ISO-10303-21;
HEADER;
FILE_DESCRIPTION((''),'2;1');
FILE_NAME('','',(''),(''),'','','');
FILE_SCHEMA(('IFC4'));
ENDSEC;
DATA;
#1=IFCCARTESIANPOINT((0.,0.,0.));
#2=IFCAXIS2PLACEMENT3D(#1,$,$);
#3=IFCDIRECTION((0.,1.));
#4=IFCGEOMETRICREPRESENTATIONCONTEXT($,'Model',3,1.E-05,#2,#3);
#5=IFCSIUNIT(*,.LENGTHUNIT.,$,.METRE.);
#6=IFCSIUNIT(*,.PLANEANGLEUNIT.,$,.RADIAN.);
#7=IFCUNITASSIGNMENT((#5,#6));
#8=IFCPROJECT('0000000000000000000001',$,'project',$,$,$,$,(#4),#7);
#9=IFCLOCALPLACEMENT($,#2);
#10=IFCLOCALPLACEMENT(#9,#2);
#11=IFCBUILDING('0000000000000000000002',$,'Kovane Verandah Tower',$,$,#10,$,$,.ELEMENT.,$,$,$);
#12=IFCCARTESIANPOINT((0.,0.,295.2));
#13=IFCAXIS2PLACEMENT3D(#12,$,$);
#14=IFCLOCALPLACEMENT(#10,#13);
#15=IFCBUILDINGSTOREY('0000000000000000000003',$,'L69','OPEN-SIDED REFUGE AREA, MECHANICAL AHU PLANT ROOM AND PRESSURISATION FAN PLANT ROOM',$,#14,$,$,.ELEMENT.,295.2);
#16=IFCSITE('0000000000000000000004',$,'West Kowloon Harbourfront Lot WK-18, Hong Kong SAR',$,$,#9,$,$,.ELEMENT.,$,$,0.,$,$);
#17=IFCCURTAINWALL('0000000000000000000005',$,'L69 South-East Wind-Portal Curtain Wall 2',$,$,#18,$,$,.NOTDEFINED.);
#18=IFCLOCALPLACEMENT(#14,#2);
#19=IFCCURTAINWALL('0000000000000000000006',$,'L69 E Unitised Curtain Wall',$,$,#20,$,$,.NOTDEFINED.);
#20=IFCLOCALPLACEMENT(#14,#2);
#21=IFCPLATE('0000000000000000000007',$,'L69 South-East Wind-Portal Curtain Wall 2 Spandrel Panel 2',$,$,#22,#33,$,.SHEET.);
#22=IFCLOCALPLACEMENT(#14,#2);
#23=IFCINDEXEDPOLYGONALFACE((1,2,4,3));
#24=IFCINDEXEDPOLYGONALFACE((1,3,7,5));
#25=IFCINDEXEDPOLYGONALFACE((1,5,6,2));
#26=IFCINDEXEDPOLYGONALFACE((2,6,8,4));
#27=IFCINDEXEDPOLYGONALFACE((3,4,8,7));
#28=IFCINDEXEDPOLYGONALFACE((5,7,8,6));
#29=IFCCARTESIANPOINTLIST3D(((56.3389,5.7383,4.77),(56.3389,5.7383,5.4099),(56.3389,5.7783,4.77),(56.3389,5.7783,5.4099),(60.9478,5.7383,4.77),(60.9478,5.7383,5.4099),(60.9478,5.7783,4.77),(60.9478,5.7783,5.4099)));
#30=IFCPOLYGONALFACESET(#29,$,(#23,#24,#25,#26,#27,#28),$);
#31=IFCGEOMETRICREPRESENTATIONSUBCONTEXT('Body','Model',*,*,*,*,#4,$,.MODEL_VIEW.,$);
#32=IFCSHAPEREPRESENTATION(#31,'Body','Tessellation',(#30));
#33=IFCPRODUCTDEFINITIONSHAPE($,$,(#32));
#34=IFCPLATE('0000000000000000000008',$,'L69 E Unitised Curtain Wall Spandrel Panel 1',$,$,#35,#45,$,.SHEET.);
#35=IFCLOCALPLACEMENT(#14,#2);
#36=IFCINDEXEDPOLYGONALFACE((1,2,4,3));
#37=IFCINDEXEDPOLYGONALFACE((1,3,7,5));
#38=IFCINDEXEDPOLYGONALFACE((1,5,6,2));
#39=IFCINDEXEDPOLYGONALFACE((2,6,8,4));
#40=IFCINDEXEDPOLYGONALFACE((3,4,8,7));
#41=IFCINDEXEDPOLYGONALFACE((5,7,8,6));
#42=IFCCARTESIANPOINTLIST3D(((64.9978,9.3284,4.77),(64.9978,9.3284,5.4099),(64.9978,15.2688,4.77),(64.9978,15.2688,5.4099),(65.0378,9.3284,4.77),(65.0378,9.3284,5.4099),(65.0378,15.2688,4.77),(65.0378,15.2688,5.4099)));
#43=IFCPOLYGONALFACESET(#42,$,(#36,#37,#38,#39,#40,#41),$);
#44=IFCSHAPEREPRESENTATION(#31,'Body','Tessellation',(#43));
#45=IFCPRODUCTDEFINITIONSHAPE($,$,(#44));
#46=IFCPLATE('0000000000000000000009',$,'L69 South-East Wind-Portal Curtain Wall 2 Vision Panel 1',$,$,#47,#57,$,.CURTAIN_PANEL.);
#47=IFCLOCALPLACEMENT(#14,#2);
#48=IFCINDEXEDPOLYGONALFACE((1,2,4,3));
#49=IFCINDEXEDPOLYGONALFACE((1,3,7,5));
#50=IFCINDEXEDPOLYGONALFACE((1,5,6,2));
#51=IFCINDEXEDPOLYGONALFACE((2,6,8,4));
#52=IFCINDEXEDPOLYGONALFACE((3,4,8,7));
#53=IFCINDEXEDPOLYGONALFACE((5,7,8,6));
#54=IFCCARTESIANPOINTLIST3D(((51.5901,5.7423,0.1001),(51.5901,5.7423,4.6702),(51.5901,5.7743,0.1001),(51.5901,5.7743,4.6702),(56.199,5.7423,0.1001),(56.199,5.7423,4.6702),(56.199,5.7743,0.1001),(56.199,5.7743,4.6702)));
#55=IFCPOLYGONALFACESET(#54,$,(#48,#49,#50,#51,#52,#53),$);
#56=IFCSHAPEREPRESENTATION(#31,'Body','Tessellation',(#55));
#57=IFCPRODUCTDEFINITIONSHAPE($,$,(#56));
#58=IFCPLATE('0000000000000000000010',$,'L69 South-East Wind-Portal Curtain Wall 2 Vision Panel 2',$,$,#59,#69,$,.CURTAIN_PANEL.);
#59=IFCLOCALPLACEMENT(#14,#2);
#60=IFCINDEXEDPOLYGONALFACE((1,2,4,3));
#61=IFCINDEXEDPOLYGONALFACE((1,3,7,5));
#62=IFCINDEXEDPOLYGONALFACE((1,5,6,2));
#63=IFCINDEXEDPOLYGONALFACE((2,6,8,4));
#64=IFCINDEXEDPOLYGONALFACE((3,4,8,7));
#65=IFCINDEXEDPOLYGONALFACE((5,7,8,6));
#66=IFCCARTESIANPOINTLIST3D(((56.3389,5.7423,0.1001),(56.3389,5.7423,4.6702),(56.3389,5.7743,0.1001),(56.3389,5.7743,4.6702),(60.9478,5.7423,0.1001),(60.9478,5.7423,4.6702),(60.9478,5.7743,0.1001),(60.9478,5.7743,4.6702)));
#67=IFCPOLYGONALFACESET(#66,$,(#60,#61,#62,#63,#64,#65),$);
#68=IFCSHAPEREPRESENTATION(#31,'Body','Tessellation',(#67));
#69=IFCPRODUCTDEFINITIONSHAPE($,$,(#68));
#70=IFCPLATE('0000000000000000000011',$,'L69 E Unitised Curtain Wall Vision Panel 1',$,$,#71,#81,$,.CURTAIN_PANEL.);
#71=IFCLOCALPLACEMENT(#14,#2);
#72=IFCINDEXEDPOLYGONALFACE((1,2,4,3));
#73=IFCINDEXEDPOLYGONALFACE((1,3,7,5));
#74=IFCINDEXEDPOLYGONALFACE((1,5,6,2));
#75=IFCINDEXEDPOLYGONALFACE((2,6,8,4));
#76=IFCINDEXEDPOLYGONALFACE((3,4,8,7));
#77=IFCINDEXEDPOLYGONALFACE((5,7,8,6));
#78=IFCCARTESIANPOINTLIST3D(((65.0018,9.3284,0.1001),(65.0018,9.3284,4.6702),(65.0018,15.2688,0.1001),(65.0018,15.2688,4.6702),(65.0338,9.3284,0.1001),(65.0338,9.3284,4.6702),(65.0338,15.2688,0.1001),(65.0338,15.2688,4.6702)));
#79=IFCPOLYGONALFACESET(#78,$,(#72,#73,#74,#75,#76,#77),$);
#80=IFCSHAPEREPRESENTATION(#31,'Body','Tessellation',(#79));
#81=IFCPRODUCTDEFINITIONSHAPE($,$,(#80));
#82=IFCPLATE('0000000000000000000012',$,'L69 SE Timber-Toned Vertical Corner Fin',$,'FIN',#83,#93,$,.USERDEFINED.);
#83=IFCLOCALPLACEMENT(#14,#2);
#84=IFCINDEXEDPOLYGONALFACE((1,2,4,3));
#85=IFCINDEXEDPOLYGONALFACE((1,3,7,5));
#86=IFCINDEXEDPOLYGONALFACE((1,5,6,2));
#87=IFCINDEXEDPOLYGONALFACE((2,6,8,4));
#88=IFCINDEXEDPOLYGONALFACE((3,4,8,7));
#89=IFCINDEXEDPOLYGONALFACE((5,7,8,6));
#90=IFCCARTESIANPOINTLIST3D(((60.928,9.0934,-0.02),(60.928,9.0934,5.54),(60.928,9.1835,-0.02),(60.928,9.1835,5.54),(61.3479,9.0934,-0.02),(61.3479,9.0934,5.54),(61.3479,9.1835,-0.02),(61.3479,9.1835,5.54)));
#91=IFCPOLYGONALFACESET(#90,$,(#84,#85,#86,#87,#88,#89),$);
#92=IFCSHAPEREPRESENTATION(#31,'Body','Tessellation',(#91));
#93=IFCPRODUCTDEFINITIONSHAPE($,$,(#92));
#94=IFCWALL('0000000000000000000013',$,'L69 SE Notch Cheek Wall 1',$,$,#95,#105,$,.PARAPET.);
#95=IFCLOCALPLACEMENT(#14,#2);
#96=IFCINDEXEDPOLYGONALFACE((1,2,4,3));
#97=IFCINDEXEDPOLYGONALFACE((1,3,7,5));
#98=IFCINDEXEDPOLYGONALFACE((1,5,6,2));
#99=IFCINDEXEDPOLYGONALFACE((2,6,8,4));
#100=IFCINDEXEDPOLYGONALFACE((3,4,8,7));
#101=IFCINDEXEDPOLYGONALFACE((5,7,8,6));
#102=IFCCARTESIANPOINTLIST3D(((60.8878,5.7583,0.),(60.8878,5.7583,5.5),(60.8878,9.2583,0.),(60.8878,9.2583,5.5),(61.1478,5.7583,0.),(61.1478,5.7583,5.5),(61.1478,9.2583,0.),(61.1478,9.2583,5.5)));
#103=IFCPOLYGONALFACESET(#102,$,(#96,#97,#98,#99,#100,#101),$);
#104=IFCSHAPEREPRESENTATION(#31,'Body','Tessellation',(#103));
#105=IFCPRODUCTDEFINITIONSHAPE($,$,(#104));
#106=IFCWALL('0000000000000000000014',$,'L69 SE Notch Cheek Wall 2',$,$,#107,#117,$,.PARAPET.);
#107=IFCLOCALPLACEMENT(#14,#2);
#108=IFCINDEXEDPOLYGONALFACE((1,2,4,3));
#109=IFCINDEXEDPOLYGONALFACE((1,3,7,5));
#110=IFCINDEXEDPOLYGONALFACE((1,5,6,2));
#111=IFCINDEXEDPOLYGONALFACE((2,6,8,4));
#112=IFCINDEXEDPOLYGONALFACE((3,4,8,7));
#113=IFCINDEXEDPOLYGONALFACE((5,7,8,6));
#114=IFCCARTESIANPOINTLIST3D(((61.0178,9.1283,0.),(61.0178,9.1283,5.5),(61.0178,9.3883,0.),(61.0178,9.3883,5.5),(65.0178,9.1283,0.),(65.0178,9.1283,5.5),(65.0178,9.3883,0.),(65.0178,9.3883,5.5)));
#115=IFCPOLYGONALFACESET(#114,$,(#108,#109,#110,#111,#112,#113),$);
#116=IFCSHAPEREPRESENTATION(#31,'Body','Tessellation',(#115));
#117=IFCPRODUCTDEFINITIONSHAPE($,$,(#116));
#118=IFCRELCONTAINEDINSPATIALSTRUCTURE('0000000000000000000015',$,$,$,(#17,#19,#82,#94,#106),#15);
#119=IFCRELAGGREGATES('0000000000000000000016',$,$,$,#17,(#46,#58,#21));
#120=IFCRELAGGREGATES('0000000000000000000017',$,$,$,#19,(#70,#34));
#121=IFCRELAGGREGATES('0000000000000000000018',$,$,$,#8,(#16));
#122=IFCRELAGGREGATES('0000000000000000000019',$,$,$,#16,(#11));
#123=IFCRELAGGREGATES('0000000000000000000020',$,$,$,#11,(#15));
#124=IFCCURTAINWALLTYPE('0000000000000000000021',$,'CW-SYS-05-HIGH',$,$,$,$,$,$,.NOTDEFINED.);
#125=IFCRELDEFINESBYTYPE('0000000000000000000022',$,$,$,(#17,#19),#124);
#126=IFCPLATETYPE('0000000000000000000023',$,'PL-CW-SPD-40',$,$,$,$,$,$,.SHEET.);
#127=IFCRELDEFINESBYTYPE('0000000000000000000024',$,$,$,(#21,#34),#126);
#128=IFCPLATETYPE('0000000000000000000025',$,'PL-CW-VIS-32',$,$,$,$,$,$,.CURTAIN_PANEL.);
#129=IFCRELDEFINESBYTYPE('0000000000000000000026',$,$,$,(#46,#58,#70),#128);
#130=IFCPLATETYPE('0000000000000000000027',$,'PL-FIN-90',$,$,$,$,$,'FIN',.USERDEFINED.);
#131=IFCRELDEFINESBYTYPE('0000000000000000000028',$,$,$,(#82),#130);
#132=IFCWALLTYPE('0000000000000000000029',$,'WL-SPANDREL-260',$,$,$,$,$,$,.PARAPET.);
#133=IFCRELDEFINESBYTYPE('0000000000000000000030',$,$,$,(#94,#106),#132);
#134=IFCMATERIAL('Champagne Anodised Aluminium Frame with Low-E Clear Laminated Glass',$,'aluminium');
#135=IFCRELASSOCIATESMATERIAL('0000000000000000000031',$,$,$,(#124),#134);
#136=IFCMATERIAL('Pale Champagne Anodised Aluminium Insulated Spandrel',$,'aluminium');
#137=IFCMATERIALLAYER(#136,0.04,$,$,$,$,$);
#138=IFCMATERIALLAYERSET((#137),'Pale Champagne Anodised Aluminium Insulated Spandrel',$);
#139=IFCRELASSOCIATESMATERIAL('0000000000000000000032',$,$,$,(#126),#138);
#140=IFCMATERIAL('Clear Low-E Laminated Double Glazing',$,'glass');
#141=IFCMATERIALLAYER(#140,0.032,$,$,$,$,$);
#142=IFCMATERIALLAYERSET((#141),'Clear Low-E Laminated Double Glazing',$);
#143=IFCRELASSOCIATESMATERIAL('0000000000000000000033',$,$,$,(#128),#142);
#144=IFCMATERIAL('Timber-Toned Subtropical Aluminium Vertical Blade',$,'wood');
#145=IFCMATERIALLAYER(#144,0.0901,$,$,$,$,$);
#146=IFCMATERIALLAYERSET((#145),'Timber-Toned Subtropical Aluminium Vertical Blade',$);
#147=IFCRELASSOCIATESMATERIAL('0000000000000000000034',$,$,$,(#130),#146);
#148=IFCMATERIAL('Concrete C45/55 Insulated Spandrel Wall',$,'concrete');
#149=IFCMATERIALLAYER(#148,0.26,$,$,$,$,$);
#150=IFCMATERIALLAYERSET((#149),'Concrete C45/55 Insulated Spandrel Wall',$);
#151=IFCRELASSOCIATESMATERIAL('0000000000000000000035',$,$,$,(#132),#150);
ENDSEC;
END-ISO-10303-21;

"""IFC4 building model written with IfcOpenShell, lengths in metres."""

from ifc_helpers import new_model, si_unit, direction, frame, frame_2d, origin, origin_2d, place, context, subcontext, project, spatial, rectangle, extrude, material, layer, layer_set, type_object, element, aggregate, save


model = new_model("IFC4")

# Units and contexts
model_context = context("Model", 3, precision=1e-05, world=origin(), true_north=direction((0.0, 1.0)))
body_context = subcontext(model_context, "Body", "Model", "MODEL_VIEW")
ifc_project = project(units=[si_unit("LENGTHUNIT", "METRE"), si_unit("PLANEANGLEUNIT", "RADIAN")], contexts=[model_context])

# Site, building, storey
site_placement = place(None, origin())
site = spatial("IfcSite", under=ifc_project, at=site_placement, Name="West Kowloon Harbourfront Lot WK-18, Hong Kong SAR", CompositionType="ELEMENT", RefElevation=0.0)
building_placement = place(site_placement, origin())
building = spatial("IfcBuilding", under=site, at=building_placement, Name="Kovane Verandah Tower", CompositionType="ELEMENT")
storey_placement = place(building_placement, frame((0.0, 0.0, 295.2)))
storey = spatial("IfcBuildingStorey", under=building, at=storey_placement, Name="L69", Description="OPEN-SIDED REFUGE AREA, MECHANICAL AHU PLANT ROOM AND PRESSURISATION FAN PLANT ROOM", CompositionType="ELEMENT", Elevation=295.2)

# Curtain walls
ifc_material_1 = material(Name="Champagne Anodised Aluminium Frame with Low-E Clear Laminated Glass", Category="aluminium")
curtain_wall_type = type_object("IfcCurtainWallType", Name="CW-SYS-05-HIGH", PredefinedType="NOTDEFINED", material=ifc_material_1)
curtain_wall_1_placement = place(storey_placement, origin())
curtain_wall_1 = element("IfcCurtainWall", 1, at=curtain_wall_1_placement, inside=storey, type_object=curtain_wall_type, Name="L69 South-East Wind-Portal Curtain Wall 2", PredefinedType="NOTDEFINED")
curtain_wall_2_placement = place(storey_placement, origin())
curtain_wall_2 = element("IfcCurtainWall", 2, at=curtain_wall_2_placement, inside=storey, type_object=curtain_wall_type, Name="L69 E Unitised Curtain Wall", PredefinedType="NOTDEFINED")

# Plates
ifc_material_2 = material(Name="Pale Champagne Anodised Aluminium Insulated Spandrel", Category="aluminium")
ifc_layer_1 = layer(ifc_material_2, 0.04)
ifc_layer_set_1 = layer_set([ifc_layer_1], Name="Pale Champagne Anodised Aluminium Insulated Spandrel")
plate_type_1 = type_object("IfcPlateType", Name="PL-CW-SPD-40", PredefinedType="SHEET", material=ifc_layer_set_1)
plate_1_placement = place(storey_placement, frame((58.6433, 5.7583, 4.77), z_axis=(0.0, 0.0, 1.0), x_axis=(1.0, 0.0, 0.0)))
plate_1 = element("IfcPlate", 3, at=plate_1_placement, type_object=plate_type_1, Name="L69 South-East Wind-Portal Curtain Wall 2 Spandrel Panel 2", PredefinedType="SHEET", context=body_context, shape_type="SweptSolid", body=[
    extrude(rectangle(XDim=4.6089, YDim=0.04, at=origin_2d()), origin(), (0.0, 0.0, 1.0), 0.6399),
])
plate_2_placement = place(storey_placement, frame((65.0178, 12.2986, 4.77), z_axis=(0.0, 0.0, 1.0), x_axis=(0.0, 1.0, 0.0)))
plate_2 = element("IfcPlate", 4, at=plate_2_placement, type_object=plate_type_1, Name="L69 E Unitised Curtain Wall Spandrel Panel 1", PredefinedType="SHEET", context=body_context, shape_type="SweptSolid", body=[
    extrude(rectangle(XDim=5.9404, YDim=0.04, at=origin_2d()), origin(), (0.0, 0.0, 1.0), 0.6399),
])
ifc_material_3 = material(Name="Clear Low-E Laminated Double Glazing", Category="glass")
ifc_layer_2 = layer(ifc_material_3, 0.032)
ifc_layer_set_2 = layer_set([ifc_layer_2], Name="Clear Low-E Laminated Double Glazing")
plate_type_2 = type_object("IfcPlateType", Name="PL-CW-VIS-32", PredefinedType="CURTAIN_PANEL", material=ifc_layer_set_2)
plate_3_placement = place(storey_placement, frame((53.8945, 5.7583, 0.1001), z_axis=(0.0, 0.0, 1.0), x_axis=(1.0, 0.0, 0.0)))
plate_3 = element("IfcPlate", 5, at=plate_3_placement, type_object=plate_type_2, Name="L69 South-East Wind-Portal Curtain Wall 2 Vision Panel 1", PredefinedType="CURTAIN_PANEL", context=body_context, shape_type="SweptSolid", body=[
    extrude(rectangle(XDim=4.6089, YDim=0.032, at=origin_2d()), origin(), (0.0, 0.0, 1.0), 4.5701),
])
plate_4_placement = place(storey_placement, frame((58.6433, 5.7583, 0.1001), z_axis=(0.0, 0.0, 1.0), x_axis=(1.0, 0.0, 0.0)))
plate_4 = element("IfcPlate", 6, at=plate_4_placement, type_object=plate_type_2, Name="L69 South-East Wind-Portal Curtain Wall 2 Vision Panel 2", PredefinedType="CURTAIN_PANEL", context=body_context, shape_type="SweptSolid", body=[
    extrude(rectangle(XDim=4.6089, YDim=0.032, at=origin_2d()), origin(), (0.0, 0.0, 1.0), 4.5701),
])
aggregate(curtain_wall_1, [plate_3, plate_4, plate_1])
plate_5_placement = place(storey_placement, frame((65.0178, 12.2986, 0.1001), z_axis=(0.0, 0.0, 1.0), x_axis=(0.0, 1.0, 0.0)))
plate_5 = element("IfcPlate", 7, at=plate_5_placement, type_object=plate_type_2, Name="L69 E Unitised Curtain Wall Vision Panel 1", PredefinedType="CURTAIN_PANEL", context=body_context, shape_type="SweptSolid", body=[
    extrude(rectangle(XDim=5.9404, YDim=0.032, at=origin_2d()), origin(), (0.0, 0.0, 1.0), 4.5701),
])
aggregate(curtain_wall_2, [plate_5, plate_2])
ifc_material_4 = material(Name="Timber-Toned Subtropical Aluminium Vertical Blade", Category="wood")
ifc_layer_3 = layer(ifc_material_4, 0.0901)
ifc_layer_set_3 = layer_set([ifc_layer_3], Name="Timber-Toned Subtropical Aluminium Vertical Blade")
plate_type_3 = type_object("IfcPlateType", Name="PL-FIN-90", ElementType="FIN", PredefinedType="USERDEFINED", material=ifc_layer_set_3)
plate_6_placement = place(storey_placement, frame((61.1379, 9.1384, -0.02), z_axis=(0.0, 0.0, 1.0), x_axis=(1.0, 0.0, 0.0)))
element("IfcPlate", 8, at=plate_6_placement, inside=storey, type_object=plate_type_3, Name="L69 SE Timber-Toned Vertical Corner Fin", ObjectType="FIN", PredefinedType="USERDEFINED", context=body_context, shape_type="SweptSolid", body=[
    extrude(rectangle(XDim=0.4199, YDim=0.0901, at=origin_2d()), origin(), (0.0, 0.0, 1.0), 5.5601),
])

# Walls
ifc_material_5 = material(Name="Concrete C45/55 Insulated Spandrel Wall", Category="concrete")
ifc_layer_4 = layer(ifc_material_5, 0.26)
ifc_layer_set_4 = layer_set([ifc_layer_4], Name="Concrete C45/55 Insulated Spandrel Wall")
wall_type = type_object("IfcWallType", Name="WL-SPANDREL-260", PredefinedType="PARAPET", material=ifc_layer_set_4)
wall_1_placement = place(storey_placement, frame((61.0178, 5.7583, 0.0), z_axis=(0.0, 0.0, 1.0), x_axis=(0.0, 1.0, 0.0)))
element("IfcWall", 9, at=wall_1_placement, inside=storey, type_object=wall_type, Name="L69 SE Notch Cheek Wall 1", PredefinedType="PARAPET", context=body_context, shape_type="SweptSolid", body=[
    extrude(rectangle(XDim=3.5, YDim=0.26, at=frame_2d((1.75, 0.0))), origin(), (0.0, 0.0, 1.0), 5.5),
])
wall_2_placement = place(storey_placement, frame((61.0178, 9.2583, 0.0), z_axis=(0.0, 0.0, 1.0), x_axis=(1.0, 0.0, 0.0)))
element("IfcWall", 10, at=wall_2_placement, inside=storey, type_object=wall_type, Name="L69 SE Notch Cheek Wall 2", PredefinedType="PARAPET", context=body_context, shape_type="SweptSolid", body=[
    extrude(rectangle(XDim=4.0, YDim=0.26, at=frame_2d((2.0, 0.0))), origin(), (0.0, 0.0, 1.0), 5.5),
])

save(model, "model.ifc")
